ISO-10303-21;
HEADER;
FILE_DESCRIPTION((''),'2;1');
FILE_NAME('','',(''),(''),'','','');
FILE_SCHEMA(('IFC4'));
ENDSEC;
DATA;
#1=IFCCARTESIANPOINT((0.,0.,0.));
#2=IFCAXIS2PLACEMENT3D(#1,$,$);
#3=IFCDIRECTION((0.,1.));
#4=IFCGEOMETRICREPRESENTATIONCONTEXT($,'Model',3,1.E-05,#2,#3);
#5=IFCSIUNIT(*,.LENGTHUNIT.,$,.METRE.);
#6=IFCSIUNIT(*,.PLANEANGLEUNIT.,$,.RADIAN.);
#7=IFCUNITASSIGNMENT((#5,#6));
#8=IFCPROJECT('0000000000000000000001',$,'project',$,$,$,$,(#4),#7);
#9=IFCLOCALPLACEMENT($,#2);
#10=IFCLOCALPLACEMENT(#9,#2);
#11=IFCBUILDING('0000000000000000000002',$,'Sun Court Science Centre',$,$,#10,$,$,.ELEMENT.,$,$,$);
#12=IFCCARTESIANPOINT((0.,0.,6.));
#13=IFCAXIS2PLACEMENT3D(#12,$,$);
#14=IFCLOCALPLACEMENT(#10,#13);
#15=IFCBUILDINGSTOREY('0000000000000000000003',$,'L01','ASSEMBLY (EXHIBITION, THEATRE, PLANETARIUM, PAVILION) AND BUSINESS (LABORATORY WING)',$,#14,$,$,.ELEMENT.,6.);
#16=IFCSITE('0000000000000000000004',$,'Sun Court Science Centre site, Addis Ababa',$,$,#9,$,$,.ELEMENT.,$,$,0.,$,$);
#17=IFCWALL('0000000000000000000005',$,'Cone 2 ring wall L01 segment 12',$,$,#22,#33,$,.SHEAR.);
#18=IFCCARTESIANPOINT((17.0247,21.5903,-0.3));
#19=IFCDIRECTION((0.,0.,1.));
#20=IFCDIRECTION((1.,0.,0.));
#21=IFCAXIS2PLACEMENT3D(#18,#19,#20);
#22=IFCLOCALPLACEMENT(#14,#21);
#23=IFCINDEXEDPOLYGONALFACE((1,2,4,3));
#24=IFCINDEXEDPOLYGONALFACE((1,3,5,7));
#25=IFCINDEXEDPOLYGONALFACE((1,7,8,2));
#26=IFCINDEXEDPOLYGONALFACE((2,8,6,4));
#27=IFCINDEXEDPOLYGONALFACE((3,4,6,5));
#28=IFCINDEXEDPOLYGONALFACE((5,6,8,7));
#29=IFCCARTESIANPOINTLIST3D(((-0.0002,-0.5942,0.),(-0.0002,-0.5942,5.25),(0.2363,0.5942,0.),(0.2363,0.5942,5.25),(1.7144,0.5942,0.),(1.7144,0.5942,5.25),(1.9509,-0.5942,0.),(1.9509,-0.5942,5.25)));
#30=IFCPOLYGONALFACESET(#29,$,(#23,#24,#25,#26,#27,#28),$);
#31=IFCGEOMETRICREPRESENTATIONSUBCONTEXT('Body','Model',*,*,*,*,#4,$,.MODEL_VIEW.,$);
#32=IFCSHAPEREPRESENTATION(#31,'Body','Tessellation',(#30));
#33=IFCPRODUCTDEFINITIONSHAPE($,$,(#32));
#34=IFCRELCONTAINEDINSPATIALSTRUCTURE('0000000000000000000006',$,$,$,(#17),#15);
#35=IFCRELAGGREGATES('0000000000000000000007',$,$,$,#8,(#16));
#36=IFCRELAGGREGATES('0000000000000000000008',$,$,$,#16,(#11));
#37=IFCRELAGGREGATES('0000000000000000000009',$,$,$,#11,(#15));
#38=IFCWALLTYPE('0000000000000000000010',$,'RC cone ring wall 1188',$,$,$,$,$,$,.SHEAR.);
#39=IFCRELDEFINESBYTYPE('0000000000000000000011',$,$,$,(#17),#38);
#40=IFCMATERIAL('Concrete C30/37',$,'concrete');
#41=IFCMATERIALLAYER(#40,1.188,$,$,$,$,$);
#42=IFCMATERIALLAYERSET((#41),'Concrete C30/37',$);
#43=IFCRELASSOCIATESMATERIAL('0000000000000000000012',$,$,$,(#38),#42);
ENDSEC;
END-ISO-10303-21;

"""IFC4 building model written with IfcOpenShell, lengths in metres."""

from ifc_helpers import new_model, si_unit, direction, frame, origin, place, context, subcontext, project, spatial, polyline, outline, extrude, material, layer, layer_set, type_object, element, save


model = new_model("IFC4")

# Units and contexts
model_context = context("Model", 3, precision=1e-05, world=origin(), true_north=direction((0.0, 1.0)))
body_context = subcontext(model_context, "Body", "Model", "MODEL_VIEW")
ifc_project = project(units=[si_unit("LENGTHUNIT", "METRE"), si_unit("PLANEANGLEUNIT", "RADIAN")], contexts=[model_context])

# Site, building, storey
site_placement = place(None, origin())
site = spatial("IfcSite", under=ifc_project, at=site_placement, Name="Sun Court Science Centre site, Addis Ababa", CompositionType="ELEMENT", RefElevation=0.0)
building_placement = place(site_placement, origin())
building = spatial("IfcBuilding", under=site, at=building_placement, Name="Sun Court Science Centre", CompositionType="ELEMENT")
storey_placement = place(building_placement, frame((0.0, 0.0, 6.0)))
storey = spatial("IfcBuildingStorey", under=building, at=storey_placement, Name="L01", Description="ASSEMBLY (EXHIBITION, THEATRE, PLANETARIUM, PAVILION) AND BUSINESS (LABORATORY WING)", CompositionType="ELEMENT", Elevation=6.0)

# Wall
ifc_material_1 = material(Name="Concrete C30/37", Category="concrete")
ifc_layer_1 = layer(ifc_material_1, 1.188)
ifc_layer_set_1 = layer_set([ifc_layer_1], Name="Concrete C30/37")
wall_type_1 = type_object("IfcWallType", Name="RC cone ring wall 1188", PredefinedType="SHEAR", material=ifc_layer_set_1)
wall_1_placement = place(storey_placement, frame((17.0247, 21.5903, -0.3), z_axis=(0.0, 0.0, 1.0), x_axis=(1.0, 0.0, 0.0)))
element("IfcWall", 1, at=wall_1_placement, inside=storey, type_object=wall_type_1, Name="Cone 2 ring wall L01 segment 12", PredefinedType="SHEAR", context=body_context, shape_type="SweptSolid", body=[
    extrude(outline(polyline([(-0.0002, -0.5942), (1.9509, -0.5942), (1.7144, 0.5942), (0.2363, 0.5942), (-0.0002, -0.5942)])), origin(), (0.0, 0.0, 1.0), 5.25),
])

save(model, "model.ifc")
